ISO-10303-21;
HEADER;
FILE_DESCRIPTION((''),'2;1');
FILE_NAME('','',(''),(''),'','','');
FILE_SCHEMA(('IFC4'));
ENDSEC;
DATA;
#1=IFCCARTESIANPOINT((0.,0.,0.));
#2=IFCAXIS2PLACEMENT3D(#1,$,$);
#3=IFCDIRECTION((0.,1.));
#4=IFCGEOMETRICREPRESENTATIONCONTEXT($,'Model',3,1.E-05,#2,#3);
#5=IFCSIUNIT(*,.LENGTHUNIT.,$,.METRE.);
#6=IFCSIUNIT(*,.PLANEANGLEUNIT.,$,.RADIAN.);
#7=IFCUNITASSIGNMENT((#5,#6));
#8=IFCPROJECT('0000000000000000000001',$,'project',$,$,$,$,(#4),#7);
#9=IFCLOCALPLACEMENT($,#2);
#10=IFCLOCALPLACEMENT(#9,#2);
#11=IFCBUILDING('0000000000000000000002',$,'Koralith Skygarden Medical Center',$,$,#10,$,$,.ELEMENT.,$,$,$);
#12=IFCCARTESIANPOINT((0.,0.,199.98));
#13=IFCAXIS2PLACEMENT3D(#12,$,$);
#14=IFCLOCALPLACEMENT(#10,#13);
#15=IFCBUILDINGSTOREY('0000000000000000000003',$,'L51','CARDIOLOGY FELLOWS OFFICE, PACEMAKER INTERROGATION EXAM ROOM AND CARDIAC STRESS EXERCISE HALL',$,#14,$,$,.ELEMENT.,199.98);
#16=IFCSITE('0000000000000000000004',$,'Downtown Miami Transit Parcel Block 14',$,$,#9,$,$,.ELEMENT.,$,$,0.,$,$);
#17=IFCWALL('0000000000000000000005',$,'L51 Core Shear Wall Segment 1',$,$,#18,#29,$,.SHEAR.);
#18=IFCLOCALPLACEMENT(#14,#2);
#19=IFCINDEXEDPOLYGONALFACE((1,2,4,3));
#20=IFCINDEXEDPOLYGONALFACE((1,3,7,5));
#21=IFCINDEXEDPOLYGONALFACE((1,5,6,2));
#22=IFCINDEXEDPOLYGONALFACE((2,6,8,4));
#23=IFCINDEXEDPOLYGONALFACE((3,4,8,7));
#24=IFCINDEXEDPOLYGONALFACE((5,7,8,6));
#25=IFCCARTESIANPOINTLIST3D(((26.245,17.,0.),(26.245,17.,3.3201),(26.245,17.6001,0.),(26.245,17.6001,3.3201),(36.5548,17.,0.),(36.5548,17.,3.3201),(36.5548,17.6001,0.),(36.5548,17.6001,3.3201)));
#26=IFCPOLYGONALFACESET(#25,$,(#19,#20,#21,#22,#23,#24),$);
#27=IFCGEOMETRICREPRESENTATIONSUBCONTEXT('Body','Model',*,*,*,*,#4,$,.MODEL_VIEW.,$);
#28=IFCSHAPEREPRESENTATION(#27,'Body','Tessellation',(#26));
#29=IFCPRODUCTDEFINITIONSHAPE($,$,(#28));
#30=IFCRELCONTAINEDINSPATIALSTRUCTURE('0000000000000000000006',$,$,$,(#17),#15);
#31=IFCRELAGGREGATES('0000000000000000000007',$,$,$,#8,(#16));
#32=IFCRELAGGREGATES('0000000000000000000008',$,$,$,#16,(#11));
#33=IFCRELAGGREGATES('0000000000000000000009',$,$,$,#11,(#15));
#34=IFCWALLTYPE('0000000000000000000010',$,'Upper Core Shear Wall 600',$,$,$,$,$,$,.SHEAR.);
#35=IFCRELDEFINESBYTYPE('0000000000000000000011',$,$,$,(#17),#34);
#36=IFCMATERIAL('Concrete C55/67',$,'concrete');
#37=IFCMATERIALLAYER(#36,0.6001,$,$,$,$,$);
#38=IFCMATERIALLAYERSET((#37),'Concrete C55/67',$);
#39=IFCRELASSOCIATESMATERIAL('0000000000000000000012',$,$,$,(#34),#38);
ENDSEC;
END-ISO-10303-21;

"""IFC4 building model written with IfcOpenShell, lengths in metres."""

from ifc_helpers import new_model, si_unit, direction, frame, frame_2d, origin, place, context, subcontext, project, spatial, rectangle, extrude, material, layer, layer_set, type_object, element, save


model = new_model("IFC4")

# Units and contexts
model_context = context("Model", 3, precision=1e-05, world=origin(), true_north=direction((0.0, 1.0)))
body_context = subcontext(model_context, "Body", "Model", "MODEL_VIEW")
ifc_project = project(units=[si_unit("LENGTHUNIT", "METRE"), si_unit("PLANEANGLEUNIT", "RADIAN")], contexts=[model_context])

# Site, building, storey
site_placement = place(None, origin())
site = spatial("IfcSite", under=ifc_project, at=site_placement, Name="Downtown Miami Transit Parcel Block 14", CompositionType="ELEMENT", RefElevation=0.0)
building_placement = place(site_placement, origin())
building = spatial("IfcBuilding", under=site, at=building_placement, Name="Koralith Skygarden Medical Center", CompositionType="ELEMENT")
storey_placement = place(building_placement, frame((0.0, 0.0, 199.98)))
storey = spatial("IfcBuildingStorey", under=building, at=storey_placement, Name="L51", Description="CARDIOLOGY FELLOWS OFFICE, PACEMAKER INTERROGATION EXAM ROOM AND CARDIAC STRESS EXERCISE HALL", CompositionType="ELEMENT", Elevation=199.98)

# Shared definitions
ifc_material_1 = material(Name="Concrete C55/67", Category="concrete")

# Wall
ifc_layer_1 = layer(ifc_material_1, 0.6001)
ifc_layer_set_1 = layer_set([ifc_layer_1], Name="Concrete C55/67")
wall_type_1 = type_object("IfcWallType", Name="Upper Core Shear Wall 600", PredefinedType="SHEAR", material=ifc_layer_set_1)
wall_1_placement = place(storey_placement, frame((26.2451, 17.3, 0.0), z_axis=(0.0, 0.0, 1.0), x_axis=(1.0, 0.0, 0.0)))
element("IfcWall", 1, at=wall_1_placement, inside=storey, type_object=wall_type_1, Name="L51 Core Shear Wall Segment 1", PredefinedType="SHEAR", context=body_context, shape_type="SweptSolid", body=[
    extrude(rectangle(XDim=10.3098, YDim=0.6001, at=frame_2d((5.1548, 0.0))), origin(), (0.0, 0.0, 1.0), 3.3201),
])

save(model, "model.ifc")
